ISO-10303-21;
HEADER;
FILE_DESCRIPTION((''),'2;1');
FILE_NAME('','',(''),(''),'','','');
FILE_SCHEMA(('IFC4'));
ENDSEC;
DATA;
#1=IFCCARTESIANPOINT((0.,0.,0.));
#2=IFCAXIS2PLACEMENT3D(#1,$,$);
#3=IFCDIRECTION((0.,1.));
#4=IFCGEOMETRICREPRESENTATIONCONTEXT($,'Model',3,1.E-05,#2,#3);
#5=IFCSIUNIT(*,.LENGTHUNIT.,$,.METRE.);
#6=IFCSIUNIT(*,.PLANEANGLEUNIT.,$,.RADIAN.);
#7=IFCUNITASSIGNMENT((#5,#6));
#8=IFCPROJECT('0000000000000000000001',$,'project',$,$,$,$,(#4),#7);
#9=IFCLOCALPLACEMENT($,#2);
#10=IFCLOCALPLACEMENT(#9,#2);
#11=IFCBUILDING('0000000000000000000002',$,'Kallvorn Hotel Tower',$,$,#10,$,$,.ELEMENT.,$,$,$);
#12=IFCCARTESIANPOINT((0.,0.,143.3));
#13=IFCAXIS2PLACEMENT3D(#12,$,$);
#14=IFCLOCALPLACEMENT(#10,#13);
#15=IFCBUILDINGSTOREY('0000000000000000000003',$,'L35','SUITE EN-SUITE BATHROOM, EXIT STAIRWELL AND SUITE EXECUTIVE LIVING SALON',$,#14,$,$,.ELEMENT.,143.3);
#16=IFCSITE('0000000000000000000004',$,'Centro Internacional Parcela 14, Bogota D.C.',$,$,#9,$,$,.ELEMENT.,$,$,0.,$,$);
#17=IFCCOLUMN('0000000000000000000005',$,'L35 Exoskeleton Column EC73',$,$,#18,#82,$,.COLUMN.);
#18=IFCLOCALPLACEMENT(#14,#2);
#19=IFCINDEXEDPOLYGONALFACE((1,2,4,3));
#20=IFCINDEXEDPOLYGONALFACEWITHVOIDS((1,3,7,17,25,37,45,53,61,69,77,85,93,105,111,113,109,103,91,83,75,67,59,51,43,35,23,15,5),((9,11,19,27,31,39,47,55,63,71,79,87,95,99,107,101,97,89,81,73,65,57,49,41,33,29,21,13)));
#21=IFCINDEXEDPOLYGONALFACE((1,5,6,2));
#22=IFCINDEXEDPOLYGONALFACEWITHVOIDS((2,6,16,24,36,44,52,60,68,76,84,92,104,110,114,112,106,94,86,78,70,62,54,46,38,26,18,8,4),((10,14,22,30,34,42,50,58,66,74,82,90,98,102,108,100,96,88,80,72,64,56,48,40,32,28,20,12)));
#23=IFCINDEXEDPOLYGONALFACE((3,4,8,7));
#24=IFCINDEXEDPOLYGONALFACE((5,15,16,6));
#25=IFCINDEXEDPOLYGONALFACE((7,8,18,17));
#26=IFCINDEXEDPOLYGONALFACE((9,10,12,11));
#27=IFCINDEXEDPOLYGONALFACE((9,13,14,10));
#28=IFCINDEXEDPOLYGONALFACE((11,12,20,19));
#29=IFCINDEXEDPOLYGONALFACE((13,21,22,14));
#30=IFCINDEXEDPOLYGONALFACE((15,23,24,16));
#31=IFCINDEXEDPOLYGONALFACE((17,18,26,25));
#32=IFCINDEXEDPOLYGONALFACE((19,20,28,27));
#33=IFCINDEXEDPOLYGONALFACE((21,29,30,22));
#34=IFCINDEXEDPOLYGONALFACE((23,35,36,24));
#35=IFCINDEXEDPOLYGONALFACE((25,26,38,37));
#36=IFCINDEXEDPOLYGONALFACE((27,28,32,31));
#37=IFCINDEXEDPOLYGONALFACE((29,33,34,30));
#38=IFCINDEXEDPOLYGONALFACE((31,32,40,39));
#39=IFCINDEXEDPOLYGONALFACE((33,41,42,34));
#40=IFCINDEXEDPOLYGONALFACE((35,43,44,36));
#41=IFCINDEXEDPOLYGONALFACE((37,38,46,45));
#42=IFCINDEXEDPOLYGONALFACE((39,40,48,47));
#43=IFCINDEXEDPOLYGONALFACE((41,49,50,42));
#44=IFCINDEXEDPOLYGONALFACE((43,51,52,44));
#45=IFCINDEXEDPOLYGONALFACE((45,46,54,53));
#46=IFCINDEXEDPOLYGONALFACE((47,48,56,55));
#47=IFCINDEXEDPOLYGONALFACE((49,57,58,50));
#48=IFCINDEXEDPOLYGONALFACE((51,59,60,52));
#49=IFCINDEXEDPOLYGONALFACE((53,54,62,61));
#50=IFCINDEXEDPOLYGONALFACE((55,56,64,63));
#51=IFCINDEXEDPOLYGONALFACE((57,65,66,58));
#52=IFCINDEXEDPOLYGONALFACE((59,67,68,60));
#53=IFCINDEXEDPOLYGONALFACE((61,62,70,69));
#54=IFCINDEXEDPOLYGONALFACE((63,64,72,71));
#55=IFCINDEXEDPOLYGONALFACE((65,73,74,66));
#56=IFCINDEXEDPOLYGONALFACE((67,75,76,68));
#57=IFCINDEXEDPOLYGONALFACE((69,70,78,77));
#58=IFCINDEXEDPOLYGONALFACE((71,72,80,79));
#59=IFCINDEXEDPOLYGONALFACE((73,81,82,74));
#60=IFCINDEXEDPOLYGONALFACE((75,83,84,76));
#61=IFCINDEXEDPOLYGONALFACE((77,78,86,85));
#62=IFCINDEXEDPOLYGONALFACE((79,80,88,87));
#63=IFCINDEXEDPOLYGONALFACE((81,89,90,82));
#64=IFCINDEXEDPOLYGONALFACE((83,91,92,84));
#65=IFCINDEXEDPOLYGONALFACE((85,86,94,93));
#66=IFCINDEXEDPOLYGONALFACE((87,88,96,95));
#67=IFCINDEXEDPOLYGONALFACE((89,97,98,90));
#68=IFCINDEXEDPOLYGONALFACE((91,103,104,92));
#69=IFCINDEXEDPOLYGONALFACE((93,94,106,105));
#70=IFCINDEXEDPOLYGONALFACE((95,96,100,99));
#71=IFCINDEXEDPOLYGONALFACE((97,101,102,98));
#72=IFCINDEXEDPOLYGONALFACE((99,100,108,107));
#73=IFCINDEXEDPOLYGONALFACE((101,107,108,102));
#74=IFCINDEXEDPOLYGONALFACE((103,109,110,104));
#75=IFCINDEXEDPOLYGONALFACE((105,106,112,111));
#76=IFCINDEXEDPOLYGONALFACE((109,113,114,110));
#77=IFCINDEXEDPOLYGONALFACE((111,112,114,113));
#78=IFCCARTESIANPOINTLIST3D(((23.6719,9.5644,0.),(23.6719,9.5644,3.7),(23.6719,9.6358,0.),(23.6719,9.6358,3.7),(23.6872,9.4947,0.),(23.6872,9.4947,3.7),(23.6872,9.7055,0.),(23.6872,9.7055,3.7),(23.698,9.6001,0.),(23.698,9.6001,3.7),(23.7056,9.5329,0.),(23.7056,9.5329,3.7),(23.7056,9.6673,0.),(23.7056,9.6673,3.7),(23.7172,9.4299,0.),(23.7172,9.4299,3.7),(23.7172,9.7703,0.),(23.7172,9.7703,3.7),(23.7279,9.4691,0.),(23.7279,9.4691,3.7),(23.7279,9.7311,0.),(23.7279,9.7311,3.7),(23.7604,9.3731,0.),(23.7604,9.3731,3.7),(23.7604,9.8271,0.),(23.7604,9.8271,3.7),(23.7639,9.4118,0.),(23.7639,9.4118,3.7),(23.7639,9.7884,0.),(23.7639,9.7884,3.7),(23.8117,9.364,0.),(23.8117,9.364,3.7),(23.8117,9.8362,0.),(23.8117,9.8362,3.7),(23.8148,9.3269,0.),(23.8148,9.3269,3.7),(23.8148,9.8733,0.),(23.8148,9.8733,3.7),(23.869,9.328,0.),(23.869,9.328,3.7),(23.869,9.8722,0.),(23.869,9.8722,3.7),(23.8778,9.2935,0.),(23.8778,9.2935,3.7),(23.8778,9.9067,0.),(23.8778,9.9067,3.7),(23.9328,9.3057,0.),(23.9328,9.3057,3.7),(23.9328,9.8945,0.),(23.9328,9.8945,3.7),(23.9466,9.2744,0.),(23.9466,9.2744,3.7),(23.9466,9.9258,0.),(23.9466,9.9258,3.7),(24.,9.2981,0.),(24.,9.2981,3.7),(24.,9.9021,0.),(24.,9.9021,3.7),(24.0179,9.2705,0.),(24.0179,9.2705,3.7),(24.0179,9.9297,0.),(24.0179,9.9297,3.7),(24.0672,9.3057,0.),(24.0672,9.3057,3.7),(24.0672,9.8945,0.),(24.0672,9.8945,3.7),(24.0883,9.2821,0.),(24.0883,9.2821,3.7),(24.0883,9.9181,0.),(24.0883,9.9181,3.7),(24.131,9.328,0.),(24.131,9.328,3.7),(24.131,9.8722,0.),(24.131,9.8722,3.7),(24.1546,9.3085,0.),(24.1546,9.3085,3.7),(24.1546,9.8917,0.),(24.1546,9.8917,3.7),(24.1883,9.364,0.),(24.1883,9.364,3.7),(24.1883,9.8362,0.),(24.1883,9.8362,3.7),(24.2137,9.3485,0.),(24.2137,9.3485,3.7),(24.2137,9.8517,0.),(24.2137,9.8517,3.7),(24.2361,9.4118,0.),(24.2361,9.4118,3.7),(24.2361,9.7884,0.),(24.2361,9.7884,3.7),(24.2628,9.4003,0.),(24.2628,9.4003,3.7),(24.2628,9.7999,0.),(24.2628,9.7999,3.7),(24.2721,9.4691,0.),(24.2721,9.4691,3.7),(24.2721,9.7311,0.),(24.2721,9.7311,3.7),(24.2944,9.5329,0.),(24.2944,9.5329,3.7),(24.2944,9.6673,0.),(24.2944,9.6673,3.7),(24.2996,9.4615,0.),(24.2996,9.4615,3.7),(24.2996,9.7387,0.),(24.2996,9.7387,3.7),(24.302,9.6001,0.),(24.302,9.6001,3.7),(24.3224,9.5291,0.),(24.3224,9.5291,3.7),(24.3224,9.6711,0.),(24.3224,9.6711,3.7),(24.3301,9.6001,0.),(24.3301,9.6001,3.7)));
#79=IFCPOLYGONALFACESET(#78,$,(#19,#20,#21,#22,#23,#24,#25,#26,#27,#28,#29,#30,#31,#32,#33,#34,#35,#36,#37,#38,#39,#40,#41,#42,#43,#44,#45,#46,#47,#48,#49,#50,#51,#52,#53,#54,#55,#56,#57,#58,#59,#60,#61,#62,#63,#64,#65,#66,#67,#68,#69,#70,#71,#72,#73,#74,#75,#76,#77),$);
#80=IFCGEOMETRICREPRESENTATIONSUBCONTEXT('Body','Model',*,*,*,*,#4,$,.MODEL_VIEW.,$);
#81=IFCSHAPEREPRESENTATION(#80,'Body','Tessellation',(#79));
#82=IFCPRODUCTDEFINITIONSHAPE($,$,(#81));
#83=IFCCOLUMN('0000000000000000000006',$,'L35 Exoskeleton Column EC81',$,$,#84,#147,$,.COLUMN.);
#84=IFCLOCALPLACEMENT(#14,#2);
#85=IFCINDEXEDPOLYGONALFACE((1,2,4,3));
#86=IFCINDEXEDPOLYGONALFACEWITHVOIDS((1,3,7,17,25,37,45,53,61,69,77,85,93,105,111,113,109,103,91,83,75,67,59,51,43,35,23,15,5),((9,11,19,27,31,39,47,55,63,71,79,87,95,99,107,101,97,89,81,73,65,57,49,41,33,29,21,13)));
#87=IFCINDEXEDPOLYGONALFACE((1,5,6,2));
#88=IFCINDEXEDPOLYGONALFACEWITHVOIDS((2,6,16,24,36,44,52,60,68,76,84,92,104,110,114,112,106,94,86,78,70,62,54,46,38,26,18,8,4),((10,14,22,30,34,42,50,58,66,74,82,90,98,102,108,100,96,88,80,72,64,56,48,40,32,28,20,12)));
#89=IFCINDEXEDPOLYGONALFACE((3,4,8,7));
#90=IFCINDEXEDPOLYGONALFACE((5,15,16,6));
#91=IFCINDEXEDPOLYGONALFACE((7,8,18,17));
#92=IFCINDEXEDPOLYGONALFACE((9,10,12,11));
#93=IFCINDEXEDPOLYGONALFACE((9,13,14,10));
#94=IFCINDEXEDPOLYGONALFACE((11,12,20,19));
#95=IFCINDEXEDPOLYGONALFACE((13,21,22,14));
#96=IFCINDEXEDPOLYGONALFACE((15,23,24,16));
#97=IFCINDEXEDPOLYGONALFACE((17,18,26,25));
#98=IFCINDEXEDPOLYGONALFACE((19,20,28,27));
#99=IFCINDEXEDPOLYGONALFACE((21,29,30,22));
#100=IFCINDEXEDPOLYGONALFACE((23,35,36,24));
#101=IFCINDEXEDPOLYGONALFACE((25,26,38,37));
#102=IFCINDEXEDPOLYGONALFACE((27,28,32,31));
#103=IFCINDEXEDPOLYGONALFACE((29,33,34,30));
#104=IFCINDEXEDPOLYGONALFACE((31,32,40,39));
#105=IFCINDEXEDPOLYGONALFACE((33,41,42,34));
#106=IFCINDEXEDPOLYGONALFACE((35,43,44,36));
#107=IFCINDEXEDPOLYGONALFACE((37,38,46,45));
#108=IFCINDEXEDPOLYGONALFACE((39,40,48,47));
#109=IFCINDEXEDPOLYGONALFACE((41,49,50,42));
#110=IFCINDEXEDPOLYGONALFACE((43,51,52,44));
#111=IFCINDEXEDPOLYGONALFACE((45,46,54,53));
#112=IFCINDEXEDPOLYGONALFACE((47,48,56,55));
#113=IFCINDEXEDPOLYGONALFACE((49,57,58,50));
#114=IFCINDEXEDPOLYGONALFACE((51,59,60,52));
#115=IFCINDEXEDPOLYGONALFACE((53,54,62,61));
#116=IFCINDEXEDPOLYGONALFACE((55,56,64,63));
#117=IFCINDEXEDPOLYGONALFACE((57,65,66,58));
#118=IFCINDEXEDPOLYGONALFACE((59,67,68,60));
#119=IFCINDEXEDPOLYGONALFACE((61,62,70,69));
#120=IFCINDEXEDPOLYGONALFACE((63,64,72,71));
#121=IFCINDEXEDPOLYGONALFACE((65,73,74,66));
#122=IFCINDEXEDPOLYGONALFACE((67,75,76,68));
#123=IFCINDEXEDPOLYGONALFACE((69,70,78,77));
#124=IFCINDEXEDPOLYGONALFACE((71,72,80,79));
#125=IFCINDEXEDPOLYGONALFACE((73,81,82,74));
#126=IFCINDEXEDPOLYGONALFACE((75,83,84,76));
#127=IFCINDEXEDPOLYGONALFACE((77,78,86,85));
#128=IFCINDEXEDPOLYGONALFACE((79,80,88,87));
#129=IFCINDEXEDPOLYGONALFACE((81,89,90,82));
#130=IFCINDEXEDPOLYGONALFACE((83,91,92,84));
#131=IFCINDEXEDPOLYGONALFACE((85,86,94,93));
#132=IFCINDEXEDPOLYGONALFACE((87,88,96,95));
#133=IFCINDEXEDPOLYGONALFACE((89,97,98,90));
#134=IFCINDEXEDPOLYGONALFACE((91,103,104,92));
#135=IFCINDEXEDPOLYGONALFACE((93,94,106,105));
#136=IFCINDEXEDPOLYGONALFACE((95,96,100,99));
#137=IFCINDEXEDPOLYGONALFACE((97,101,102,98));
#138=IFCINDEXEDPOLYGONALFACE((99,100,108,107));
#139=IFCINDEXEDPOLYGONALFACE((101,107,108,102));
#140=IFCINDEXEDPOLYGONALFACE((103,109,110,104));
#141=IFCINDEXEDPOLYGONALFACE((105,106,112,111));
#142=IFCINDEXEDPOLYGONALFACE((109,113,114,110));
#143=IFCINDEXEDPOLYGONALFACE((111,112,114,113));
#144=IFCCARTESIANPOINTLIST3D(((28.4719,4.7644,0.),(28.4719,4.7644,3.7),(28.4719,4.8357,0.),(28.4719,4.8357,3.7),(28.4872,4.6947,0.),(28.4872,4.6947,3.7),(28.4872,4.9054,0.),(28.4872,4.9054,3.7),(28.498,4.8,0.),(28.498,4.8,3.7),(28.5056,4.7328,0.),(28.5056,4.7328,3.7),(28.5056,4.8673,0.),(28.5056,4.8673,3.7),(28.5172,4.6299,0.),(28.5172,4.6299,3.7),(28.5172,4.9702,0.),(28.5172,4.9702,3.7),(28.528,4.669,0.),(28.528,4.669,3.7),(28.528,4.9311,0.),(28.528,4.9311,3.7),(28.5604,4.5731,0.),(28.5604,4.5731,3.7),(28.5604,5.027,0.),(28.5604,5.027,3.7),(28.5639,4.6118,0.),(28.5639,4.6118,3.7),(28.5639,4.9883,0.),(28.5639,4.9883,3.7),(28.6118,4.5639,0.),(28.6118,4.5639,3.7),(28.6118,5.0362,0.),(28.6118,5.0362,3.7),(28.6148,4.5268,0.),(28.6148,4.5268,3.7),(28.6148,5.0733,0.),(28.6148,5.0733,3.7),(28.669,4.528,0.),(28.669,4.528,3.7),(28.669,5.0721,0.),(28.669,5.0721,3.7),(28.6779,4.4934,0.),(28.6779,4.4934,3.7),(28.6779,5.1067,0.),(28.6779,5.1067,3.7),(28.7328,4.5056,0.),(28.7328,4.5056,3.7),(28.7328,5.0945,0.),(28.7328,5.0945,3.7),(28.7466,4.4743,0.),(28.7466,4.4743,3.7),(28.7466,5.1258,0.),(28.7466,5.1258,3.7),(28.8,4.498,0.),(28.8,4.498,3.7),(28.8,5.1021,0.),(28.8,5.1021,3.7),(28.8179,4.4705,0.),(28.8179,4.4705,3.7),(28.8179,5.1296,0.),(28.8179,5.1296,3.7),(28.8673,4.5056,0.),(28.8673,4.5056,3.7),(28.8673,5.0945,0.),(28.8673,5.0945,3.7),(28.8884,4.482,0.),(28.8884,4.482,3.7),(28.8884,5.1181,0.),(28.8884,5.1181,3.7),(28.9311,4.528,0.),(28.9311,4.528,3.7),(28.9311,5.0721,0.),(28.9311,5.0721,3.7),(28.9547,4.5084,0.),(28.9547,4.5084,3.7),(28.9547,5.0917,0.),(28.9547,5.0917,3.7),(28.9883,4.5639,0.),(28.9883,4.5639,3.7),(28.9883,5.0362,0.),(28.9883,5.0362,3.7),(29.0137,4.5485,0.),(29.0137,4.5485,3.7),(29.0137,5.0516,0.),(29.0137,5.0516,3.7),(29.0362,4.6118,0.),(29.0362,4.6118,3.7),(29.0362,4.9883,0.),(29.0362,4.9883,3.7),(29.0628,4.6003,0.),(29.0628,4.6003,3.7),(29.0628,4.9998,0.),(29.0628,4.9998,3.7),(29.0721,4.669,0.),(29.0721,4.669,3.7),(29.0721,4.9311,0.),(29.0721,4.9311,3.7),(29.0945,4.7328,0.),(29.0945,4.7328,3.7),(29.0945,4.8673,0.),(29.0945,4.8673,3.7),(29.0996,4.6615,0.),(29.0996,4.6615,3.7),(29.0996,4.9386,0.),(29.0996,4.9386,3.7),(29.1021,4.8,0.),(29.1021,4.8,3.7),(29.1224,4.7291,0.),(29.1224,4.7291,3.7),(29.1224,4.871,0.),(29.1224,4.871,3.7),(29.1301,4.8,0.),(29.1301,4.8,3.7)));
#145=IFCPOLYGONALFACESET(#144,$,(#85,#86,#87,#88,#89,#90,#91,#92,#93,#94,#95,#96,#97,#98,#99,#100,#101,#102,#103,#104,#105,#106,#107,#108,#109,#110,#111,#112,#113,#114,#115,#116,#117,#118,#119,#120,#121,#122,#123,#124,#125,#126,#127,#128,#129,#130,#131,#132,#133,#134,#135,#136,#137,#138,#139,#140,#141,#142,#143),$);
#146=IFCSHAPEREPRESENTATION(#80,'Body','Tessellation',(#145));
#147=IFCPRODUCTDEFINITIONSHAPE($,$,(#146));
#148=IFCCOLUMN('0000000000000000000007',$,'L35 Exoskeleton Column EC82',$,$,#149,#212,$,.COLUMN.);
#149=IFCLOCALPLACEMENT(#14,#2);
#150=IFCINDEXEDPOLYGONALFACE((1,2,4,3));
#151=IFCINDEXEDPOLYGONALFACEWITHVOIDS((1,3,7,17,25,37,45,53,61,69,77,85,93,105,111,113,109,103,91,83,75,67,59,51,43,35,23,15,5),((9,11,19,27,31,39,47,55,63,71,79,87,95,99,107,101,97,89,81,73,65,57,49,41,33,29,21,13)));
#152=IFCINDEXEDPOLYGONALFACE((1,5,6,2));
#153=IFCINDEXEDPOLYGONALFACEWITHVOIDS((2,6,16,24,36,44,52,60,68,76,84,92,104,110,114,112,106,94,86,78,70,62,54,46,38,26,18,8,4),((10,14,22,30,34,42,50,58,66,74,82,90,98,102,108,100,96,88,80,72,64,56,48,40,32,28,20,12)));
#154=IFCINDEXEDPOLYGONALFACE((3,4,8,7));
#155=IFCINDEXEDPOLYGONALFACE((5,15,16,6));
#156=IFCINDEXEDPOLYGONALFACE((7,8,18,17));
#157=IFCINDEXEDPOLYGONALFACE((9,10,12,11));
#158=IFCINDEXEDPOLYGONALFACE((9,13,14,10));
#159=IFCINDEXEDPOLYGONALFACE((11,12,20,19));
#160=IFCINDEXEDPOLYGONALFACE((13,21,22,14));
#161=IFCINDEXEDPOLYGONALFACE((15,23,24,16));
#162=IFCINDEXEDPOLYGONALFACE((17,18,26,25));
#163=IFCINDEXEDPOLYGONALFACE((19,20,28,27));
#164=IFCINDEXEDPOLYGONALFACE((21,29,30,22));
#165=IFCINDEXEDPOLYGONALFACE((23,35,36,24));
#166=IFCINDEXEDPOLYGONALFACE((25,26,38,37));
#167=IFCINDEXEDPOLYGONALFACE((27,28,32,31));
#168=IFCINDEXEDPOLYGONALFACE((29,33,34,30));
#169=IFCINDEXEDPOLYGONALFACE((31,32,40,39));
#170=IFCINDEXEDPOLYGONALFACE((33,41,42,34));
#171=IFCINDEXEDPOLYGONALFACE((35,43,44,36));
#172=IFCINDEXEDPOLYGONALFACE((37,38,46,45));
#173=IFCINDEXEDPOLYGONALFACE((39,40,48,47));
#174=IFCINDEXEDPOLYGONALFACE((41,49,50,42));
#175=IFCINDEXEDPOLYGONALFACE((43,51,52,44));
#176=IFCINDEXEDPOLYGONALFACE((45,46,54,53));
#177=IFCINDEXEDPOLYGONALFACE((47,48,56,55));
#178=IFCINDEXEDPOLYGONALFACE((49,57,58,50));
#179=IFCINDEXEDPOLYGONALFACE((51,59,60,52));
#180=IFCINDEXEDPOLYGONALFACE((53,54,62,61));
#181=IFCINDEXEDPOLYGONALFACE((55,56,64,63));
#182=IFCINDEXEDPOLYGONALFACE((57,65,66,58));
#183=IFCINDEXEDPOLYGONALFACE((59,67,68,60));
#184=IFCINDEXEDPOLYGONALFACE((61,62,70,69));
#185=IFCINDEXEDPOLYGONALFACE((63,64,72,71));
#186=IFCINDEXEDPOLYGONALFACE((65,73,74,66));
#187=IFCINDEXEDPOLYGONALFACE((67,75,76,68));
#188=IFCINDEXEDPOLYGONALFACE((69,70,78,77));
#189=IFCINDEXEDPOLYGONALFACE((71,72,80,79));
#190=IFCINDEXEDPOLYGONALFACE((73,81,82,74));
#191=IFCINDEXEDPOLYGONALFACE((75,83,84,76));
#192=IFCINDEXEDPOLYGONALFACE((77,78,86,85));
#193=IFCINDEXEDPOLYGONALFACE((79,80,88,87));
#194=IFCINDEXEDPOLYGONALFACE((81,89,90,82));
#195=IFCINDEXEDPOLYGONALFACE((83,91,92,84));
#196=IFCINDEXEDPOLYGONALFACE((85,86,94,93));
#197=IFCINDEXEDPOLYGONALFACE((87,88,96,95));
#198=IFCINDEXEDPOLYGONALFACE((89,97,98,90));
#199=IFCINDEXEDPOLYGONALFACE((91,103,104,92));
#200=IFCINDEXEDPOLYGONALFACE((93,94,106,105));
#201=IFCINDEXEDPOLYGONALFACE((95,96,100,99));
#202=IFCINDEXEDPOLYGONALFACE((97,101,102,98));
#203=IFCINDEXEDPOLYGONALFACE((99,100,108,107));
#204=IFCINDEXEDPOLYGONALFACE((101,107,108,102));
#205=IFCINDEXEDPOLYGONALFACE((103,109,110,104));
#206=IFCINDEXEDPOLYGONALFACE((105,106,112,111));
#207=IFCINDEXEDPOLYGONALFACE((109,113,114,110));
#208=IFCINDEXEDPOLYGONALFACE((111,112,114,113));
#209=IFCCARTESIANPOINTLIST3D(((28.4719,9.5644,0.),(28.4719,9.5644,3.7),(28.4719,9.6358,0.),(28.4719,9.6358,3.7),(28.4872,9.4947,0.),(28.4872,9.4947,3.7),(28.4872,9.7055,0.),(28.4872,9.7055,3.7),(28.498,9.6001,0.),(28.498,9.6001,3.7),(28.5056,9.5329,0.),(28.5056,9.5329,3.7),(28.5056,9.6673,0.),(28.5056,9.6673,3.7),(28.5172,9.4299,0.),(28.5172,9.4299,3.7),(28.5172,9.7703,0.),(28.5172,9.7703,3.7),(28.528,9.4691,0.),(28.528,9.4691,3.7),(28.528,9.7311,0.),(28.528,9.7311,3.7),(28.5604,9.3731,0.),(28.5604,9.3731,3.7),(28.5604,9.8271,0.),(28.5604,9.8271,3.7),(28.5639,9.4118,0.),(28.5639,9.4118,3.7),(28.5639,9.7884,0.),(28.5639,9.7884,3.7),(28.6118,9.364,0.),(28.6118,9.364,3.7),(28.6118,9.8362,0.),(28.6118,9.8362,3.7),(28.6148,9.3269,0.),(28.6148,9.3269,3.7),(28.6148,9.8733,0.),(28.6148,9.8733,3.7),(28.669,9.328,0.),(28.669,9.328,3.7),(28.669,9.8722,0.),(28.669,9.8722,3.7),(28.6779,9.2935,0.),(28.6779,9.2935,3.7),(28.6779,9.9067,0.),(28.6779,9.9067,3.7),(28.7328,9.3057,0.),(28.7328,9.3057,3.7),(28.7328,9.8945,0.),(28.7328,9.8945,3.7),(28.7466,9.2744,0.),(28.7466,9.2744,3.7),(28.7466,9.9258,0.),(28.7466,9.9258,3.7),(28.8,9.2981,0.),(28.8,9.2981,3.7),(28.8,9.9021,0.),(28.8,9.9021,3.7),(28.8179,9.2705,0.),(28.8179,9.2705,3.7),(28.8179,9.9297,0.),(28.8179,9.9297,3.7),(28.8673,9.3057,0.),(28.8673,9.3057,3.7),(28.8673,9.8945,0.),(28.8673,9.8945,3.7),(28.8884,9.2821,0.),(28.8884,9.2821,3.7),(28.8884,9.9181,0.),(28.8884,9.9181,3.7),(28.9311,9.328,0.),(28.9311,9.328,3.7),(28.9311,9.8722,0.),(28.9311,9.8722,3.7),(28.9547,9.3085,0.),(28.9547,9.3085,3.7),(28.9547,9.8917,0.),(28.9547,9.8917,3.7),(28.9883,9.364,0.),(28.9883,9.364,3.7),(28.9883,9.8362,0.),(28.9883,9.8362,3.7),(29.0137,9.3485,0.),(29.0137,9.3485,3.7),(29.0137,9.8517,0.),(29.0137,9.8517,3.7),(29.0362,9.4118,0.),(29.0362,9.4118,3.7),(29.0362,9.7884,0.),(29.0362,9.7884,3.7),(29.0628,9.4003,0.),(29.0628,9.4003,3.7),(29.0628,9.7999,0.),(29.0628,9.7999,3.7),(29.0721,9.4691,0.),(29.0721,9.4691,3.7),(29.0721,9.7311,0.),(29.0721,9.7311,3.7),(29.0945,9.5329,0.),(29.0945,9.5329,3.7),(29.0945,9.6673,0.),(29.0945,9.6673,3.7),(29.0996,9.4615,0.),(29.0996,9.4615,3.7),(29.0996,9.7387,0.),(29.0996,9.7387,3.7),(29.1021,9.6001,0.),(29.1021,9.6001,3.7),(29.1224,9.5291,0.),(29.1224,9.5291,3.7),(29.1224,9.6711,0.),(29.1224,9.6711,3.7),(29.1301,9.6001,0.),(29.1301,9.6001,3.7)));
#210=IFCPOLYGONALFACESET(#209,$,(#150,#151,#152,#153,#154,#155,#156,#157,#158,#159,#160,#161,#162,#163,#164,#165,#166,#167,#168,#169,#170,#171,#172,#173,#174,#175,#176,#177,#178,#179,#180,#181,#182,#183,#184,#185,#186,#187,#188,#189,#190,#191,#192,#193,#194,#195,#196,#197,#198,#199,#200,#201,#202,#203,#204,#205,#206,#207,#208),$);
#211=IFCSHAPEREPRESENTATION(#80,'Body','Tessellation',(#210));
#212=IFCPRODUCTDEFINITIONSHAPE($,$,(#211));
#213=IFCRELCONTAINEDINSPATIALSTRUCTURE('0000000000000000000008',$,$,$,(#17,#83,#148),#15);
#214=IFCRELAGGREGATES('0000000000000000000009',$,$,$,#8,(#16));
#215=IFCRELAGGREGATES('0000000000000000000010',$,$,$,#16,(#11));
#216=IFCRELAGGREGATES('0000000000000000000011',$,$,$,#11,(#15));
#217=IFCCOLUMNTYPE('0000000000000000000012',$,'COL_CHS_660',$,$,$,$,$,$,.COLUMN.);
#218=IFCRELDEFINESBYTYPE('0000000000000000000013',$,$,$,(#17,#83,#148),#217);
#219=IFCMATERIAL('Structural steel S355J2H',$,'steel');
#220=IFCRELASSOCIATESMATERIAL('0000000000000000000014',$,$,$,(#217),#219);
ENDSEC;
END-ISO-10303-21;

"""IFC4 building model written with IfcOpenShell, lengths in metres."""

from ifc_helpers import new_model, si_unit, direction, frame, origin, origin_2d, place, context, subcontext, project, spatial, hollow_circle, extrude, material, material_profile, profile_set, type_object, element, save


model = new_model("IFC4")

# Units and contexts
model_context = context("Model", 3, precision=1e-05, world=origin(), true_north=direction((0.0, 1.0)))
body_context = subcontext(model_context, "Body", "Model", "MODEL_VIEW")
ifc_project = project(units=[si_unit("LENGTHUNIT", "METRE"), si_unit("PLANEANGLEUNIT", "RADIAN")], contexts=[model_context])

# Site, building, storey
site_placement = place(None, origin())
site = spatial("IfcSite", under=ifc_project, at=site_placement, Name="Centro Internacional Parcela 14, Bogota D.C.", CompositionType="ELEMENT", RefElevation=0.0)
building_placement = place(site_placement, origin())
building = spatial("IfcBuilding", under=site, at=building_placement, Name="Kallvorn Hotel Tower", CompositionType="ELEMENT")
storey_placement = place(building_placement, frame((0.0, 0.0, 143.3)))
storey = spatial("IfcBuildingStorey", under=building, at=storey_placement, Name="L35", Description="SUITE EN-SUITE BATHROOM, EXIT STAIRWELL AND SUITE EXECUTIVE LIVING SALON", CompositionType="ELEMENT", Elevation=143.3)

# Columns
ifc_material_1 = material(Name="Structural steel S355J2H", Category="steel")
ifc_material_profile_1 = material_profile(ifc_material_1, hollow_circle(Radius=0.3301, WallThickness=0.0281, at=origin_2d()), Name="CHS 660x28")
ifc_profile_set_1 = profile_set([ifc_material_profile_1], Name="Structural steel S355J2H")
column_type_1 = type_object("IfcColumnType", Name="COL_CHS_660", PredefinedType="COLUMN", material=ifc_profile_set_1)
for number, where, z_axis, x_axis, name in (
    (1, (24.0, 9.6001, 0.0), (0.0, 0.0, 1.0), (1.0, 0.0, 0.0), "L35 Exoskeleton Column EC73"),
    (2, (28.8, 4.8, 0.0), (0.0, 0.0, 1.0), (1.0, 0.0, 0.0), "L35 Exoskeleton Column EC81"),
    (3, (28.8, 9.6001, 0.0), (0.0, 0.0, 1.0), (1.0, 0.0, 0.0), "L35 Exoskeleton Column EC82"),
):
    element("IfcColumn", number, at=place(storey_placement, frame(where, z_axis=z_axis, x_axis=x_axis)), inside=storey, type_object=column_type_1, Name=name, PredefinedType="COLUMN", context=body_context, shape_type="SweptSolid", body=[
        extrude(hollow_circle(Radius=0.3301, WallThickness=0.0281, at=origin_2d()), origin(), (0.0, 0.0, 1.0), 3.7),
    ])

save(model, "model.ifc")
